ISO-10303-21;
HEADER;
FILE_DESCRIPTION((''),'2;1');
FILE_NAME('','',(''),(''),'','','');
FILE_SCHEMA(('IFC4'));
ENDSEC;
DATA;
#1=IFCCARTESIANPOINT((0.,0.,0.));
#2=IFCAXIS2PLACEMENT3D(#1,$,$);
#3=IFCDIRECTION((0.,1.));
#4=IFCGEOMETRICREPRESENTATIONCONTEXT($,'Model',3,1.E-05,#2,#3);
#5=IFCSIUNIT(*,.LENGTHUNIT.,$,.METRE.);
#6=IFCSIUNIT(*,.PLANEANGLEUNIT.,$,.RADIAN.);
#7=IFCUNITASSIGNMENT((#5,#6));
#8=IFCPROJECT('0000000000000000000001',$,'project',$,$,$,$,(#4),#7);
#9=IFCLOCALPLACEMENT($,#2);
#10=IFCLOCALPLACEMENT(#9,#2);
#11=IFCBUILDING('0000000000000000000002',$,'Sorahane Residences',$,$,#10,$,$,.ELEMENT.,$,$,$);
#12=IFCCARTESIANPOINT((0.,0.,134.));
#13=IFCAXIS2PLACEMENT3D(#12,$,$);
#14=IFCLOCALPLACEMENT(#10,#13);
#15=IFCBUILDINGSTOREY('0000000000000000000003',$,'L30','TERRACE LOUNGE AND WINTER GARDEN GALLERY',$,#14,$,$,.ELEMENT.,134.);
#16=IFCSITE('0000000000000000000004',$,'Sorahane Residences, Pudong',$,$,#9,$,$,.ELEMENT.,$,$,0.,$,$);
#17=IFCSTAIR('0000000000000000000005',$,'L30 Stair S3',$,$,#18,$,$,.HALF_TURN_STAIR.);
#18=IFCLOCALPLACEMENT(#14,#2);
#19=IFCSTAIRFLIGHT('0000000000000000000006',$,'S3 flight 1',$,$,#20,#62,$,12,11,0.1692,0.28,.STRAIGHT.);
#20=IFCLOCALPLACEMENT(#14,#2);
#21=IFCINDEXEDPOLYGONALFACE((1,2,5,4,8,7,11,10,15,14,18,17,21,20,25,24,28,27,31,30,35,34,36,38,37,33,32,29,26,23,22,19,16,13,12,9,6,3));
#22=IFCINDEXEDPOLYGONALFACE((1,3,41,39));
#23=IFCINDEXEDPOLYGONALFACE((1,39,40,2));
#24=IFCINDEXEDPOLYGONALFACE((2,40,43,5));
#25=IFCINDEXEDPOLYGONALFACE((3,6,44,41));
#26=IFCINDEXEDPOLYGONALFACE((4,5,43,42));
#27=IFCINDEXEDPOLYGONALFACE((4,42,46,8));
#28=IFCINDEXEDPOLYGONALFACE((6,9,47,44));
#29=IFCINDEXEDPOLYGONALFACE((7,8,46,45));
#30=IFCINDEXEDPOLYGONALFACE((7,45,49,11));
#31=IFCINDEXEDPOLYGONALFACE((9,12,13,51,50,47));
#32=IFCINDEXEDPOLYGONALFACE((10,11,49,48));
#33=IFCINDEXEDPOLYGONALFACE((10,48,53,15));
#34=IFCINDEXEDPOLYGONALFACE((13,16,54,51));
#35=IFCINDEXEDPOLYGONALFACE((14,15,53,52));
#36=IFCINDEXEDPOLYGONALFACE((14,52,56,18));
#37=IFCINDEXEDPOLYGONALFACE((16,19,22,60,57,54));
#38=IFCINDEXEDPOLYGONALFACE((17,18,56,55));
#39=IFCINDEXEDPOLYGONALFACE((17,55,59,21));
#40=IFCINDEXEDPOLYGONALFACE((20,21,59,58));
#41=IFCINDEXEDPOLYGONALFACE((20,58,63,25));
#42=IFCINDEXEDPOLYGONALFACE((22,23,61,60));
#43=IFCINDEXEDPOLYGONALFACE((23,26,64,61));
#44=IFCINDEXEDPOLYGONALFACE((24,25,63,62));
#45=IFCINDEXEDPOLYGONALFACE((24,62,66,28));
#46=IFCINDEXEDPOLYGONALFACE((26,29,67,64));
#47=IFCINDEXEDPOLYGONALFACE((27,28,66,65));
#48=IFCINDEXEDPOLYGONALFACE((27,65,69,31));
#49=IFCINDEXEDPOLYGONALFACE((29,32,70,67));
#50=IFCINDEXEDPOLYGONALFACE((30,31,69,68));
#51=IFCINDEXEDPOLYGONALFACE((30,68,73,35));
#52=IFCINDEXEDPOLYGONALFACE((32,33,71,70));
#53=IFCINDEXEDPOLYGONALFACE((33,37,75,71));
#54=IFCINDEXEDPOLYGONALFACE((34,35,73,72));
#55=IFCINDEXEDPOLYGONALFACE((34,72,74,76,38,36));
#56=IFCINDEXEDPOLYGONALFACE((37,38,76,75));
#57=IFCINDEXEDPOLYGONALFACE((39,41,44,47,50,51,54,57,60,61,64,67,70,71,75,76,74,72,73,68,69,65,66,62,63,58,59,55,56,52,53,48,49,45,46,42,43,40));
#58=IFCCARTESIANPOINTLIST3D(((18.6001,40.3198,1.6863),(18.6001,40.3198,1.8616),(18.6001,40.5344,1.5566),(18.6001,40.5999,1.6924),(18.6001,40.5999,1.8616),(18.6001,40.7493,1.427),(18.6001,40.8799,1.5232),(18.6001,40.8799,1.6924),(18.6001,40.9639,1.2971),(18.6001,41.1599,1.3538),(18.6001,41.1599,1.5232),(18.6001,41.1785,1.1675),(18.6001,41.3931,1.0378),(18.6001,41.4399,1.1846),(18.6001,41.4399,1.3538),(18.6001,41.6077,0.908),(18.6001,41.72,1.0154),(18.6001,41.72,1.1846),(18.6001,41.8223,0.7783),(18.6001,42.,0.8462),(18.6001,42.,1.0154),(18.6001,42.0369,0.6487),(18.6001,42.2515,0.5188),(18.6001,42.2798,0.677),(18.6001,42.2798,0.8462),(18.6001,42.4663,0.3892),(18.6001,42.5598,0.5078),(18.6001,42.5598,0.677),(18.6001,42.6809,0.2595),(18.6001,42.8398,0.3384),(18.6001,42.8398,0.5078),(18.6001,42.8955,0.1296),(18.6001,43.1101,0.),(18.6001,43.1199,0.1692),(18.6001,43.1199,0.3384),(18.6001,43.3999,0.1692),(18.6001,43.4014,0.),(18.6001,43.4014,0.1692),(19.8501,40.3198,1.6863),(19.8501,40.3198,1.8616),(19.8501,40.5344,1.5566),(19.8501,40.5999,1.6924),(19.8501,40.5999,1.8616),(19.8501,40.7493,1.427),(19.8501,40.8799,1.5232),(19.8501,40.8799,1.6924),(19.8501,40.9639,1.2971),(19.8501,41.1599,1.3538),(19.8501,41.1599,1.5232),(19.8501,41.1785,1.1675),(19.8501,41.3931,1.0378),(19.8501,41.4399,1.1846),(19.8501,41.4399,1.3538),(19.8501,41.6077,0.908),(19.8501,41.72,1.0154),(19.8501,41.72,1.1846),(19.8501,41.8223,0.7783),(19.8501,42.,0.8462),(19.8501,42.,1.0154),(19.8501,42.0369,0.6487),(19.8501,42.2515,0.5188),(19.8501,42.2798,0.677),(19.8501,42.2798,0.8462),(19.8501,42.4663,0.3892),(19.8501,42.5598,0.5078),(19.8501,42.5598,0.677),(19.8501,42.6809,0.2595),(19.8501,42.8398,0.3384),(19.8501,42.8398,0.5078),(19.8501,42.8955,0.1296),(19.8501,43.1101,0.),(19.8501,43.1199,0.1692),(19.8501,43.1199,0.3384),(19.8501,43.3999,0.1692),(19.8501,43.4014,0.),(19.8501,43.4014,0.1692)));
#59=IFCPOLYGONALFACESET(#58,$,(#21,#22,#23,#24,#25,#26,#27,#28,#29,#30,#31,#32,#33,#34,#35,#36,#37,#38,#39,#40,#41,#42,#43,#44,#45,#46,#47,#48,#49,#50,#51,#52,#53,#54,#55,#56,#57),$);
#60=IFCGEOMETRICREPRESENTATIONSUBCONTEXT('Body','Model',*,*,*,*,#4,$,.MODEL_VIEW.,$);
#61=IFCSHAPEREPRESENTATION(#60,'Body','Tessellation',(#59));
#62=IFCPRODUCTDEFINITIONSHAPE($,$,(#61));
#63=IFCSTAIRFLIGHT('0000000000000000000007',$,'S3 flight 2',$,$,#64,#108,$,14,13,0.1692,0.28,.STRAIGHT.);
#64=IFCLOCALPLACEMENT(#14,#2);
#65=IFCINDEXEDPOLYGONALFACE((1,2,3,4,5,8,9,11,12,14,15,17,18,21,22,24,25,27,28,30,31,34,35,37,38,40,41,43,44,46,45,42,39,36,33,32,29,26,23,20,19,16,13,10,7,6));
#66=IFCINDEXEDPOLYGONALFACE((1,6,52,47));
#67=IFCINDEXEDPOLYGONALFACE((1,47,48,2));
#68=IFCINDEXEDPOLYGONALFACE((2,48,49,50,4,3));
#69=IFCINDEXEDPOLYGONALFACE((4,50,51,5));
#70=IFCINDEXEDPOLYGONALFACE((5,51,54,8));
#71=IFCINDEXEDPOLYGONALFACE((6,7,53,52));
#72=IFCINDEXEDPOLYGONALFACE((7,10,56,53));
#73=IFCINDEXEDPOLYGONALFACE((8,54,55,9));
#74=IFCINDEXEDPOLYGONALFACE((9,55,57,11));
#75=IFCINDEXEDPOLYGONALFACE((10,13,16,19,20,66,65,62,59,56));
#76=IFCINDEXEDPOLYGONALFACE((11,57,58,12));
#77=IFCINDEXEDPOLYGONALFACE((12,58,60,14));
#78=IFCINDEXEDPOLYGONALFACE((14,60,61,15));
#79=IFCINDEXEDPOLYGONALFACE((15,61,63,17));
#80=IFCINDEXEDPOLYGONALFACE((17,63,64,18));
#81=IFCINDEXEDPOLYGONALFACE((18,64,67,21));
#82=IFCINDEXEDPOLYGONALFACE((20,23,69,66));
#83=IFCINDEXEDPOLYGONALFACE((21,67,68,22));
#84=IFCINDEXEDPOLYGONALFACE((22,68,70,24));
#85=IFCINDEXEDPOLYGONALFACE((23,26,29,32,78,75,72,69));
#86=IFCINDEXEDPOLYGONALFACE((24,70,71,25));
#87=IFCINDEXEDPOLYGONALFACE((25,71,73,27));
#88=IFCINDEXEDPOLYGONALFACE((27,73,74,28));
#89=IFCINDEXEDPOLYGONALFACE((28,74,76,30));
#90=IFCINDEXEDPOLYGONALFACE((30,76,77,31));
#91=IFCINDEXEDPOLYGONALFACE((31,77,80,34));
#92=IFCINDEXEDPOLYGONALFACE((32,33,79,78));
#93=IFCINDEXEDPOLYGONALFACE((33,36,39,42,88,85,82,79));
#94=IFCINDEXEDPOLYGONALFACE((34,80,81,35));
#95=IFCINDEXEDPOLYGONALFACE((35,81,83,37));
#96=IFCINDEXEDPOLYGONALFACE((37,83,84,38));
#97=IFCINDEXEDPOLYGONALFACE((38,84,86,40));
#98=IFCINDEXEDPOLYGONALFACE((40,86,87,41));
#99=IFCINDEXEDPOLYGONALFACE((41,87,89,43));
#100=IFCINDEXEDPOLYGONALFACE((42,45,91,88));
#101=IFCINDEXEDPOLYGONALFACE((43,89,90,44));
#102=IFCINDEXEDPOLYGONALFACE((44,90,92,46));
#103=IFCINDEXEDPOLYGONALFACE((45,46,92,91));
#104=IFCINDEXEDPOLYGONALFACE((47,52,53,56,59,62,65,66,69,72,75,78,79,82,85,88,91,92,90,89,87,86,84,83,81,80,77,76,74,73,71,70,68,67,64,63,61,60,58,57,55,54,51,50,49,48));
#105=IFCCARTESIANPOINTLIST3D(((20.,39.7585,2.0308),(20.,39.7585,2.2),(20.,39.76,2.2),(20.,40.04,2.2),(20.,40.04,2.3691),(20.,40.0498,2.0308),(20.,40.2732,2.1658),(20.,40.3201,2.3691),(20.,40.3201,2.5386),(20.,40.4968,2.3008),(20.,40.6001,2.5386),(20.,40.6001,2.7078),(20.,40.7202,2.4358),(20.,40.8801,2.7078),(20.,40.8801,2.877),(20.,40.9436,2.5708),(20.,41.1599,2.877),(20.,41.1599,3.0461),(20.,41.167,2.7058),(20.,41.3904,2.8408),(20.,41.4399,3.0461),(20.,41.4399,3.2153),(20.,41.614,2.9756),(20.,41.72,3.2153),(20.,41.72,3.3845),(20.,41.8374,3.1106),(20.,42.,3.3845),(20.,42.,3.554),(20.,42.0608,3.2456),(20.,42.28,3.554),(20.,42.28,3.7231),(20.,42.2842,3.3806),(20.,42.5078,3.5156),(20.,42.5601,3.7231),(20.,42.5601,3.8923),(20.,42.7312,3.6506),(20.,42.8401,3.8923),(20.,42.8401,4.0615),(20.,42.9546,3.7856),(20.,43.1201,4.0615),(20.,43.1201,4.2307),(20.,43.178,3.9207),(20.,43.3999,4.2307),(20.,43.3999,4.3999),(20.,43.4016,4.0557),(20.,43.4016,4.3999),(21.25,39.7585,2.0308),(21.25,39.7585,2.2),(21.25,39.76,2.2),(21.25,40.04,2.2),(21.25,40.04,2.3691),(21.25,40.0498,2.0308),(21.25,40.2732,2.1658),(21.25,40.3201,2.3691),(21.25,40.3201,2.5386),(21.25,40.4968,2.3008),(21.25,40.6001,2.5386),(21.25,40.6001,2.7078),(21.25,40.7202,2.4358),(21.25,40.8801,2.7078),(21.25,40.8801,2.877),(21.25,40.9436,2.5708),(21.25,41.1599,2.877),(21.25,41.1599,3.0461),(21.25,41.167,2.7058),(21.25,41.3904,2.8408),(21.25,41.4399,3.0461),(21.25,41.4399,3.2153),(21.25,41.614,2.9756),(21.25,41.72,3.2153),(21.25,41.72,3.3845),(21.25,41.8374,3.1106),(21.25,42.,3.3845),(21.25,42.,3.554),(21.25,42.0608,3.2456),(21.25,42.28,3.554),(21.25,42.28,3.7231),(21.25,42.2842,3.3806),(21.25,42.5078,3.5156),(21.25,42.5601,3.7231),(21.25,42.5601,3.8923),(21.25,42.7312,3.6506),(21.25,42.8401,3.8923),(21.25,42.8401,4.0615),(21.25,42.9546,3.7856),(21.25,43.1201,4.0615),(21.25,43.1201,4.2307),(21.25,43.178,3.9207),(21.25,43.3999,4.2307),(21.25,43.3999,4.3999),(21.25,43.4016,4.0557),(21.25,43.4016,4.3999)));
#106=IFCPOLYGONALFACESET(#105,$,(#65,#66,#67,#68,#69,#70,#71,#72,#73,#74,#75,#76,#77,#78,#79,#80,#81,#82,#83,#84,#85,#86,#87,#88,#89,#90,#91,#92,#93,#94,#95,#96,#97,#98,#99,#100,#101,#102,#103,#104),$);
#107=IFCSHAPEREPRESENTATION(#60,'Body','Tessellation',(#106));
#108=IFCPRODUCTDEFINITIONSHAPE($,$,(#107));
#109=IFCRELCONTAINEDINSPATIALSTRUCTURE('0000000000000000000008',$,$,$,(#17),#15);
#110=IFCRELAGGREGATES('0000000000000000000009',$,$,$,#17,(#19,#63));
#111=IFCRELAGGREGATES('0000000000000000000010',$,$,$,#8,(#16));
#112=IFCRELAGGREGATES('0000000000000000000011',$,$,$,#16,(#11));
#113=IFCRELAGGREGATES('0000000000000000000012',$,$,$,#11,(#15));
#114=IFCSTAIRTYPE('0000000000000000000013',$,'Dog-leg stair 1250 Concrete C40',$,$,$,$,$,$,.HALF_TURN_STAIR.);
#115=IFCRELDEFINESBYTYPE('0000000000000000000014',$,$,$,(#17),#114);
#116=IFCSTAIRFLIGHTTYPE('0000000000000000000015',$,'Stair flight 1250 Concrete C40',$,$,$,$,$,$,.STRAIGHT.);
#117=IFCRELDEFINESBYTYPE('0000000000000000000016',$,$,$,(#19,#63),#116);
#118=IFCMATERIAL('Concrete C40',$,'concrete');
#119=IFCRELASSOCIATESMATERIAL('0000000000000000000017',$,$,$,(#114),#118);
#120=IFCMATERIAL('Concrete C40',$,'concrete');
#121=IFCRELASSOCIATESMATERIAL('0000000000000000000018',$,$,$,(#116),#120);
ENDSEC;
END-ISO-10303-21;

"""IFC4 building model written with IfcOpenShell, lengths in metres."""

from ifc_helpers import new_model, si_unit, direction, frame, origin, place, context, subcontext, project, spatial, polyline, outline, extrude, material, type_object, element, aggregate, save


model = new_model("IFC4")

# Units and contexts
model_context = context("Model", 3, precision=1e-05, world=origin(), true_north=direction((0.0, 1.0)))
body_context = subcontext(model_context, "Body", "Model", "MODEL_VIEW")
ifc_project = project(units=[si_unit("LENGTHUNIT", "METRE"), si_unit("PLANEANGLEUNIT", "RADIAN")], contexts=[model_context])

# Site, building, storey
site_placement = place(None, origin())
site = spatial("IfcSite", under=ifc_project, at=site_placement, Name="Sorahane Residences, Pudong", CompositionType="ELEMENT", RefElevation=0.0)
building_placement = place(site_placement, origin())
building = spatial("IfcBuilding", under=site, at=building_placement, Name="Sorahane Residences", CompositionType="ELEMENT")
storey_placement = place(building_placement, frame((0.0, 0.0, 134.0)))
storey = spatial("IfcBuildingStorey", under=building, at=storey_placement, Name="L30", Description="TERRACE LOUNGE AND WINTER GARDEN GALLERY", CompositionType="ELEMENT", Elevation=134.0)

# Shared definitions
ifc_material_1 = material(Name="Concrete C40", Category="concrete")
stair_type = type_object("IfcStairType", Name="Dog-leg stair 1250 Concrete C40", PredefinedType="HALF_TURN_STAIR", material=ifc_material_1)
ifc_material_2 = material(Name="Concrete C40", Category="concrete")
stair_flight_type = type_object("IfcStairFlightType", Name="Stair flight 1250 Concrete C40", PredefinedType="STRAIGHT", material=ifc_material_2)

# Stair, stair flights
stair_1_placement = place(storey_placement, origin())
stair_1 = element("IfcStair", 1, at=stair_1_placement, inside=storey, type_object=stair_type, Name="L30 Stair S3", PredefinedType="HALF_TURN_STAIR")
stair_flight_1_placement = place(storey_placement, frame((19.2251, 43.3999, 0.0), z_axis=(0.0, 0.0, 1.0), x_axis=(0.0, -1.0, 0.0)))
stair_flight_1 = element("IfcStairFlight", 2, at=stair_flight_1_placement, type_object=stair_flight_type, Name="S3 flight 1", NumberOfRisers=12, NumberOfTreads=11, PredefinedType="STRAIGHT", RiserHeight=0.1692, TreadLength=0.28, context=body_context, shape_type="SweptSolid", body=[
    extrude(outline(polyline([(-0.0015, 0.0), (-0.0015, 0.1692), (0.0, 0.1692), (0.28, 0.1692), (0.28, 0.3384), (0.5601, 0.3384), (0.5601, 0.5078), (0.8401, 0.5078), (0.8401, 0.677), (1.1201, 0.677), (1.1201, 0.8462), (1.3999, 0.8462), (1.3999, 1.0154), (1.6799, 1.0154), (1.6799, 1.1846), (1.96, 1.1846), (1.96, 1.3538), (2.24, 1.3538), (2.24, 1.5232), (2.52, 1.5232), (2.52, 1.6924), (2.8, 1.6924), (2.8, 1.8616), (3.0801, 1.8616), (3.0801, 2.0308), (3.0801, 1.6863), (2.8655, 1.5566), (2.6506, 1.427), (2.436, 1.2971), (2.2214, 1.1675), (2.0068, 1.0378), (1.7922, 0.908), (1.5776, 0.7783), (1.363, 0.6487), (1.1484, 0.5188), (0.9336, 0.3892), (0.719, 0.2595), (0.5044, 0.1296), (0.2898, 0.0), (-0.0015, 0.0)])), frame((0.0, 0.625, 0.0), z_axis=(0.0, -1.0, 0.0), x_axis=(1.0, 0.0, 0.0)), (0.0, 0.0, 1.0), 1.25),
])
stair_flight_2_placement = place(storey_placement, frame((20.625, 39.76, 2.0308), z_axis=(0.0, 0.0, 1.0), x_axis=(0.0, 1.0, 0.0)))
stair_flight_2 = element("IfcStairFlight", 3, at=stair_flight_2_placement, type_object=stair_flight_type, Name="S3 flight 2", NumberOfRisers=14, NumberOfTreads=13, PredefinedType="STRAIGHT", RiserHeight=0.1692, TreadLength=0.28, context=body_context, shape_type="SweptSolid", body=[
    extrude(outline(polyline([(-0.0015, 0.0), (-0.0015, 0.1692), (0.0, 0.1692), (0.28, 0.1692), (0.28, 0.3384), (0.5601, 0.3384), (0.5601, 0.5078), (0.8401, 0.5078), (0.8401, 0.677), (1.1201, 0.677), (1.1201, 0.8462), (1.3999, 0.8462), (1.3999, 1.0154), (1.6799, 1.0154), (1.6799, 1.1846), (1.96, 1.1846), (1.96, 1.3538), (2.24, 1.3538), (2.24, 1.5232), (2.52, 1.5232), (2.52, 1.6924), (2.8, 1.6924), (2.8, 1.8616), (3.0801, 1.8616), (3.0801, 2.0308), (3.3601, 2.0308), (3.3601, 2.2), (3.6399, 2.2), (3.6399, 2.3691), (3.6416, 2.3691), (3.6416, 2.0249), (3.418, 1.8899), (3.1946, 1.7549), (2.9712, 1.6199), (2.7478, 1.4849), (2.5242, 1.3499), (2.3008, 1.2148), (2.0774, 1.0798), (1.854, 0.9448), (1.6304, 0.8101), (1.407, 0.675), (1.1836, 0.54), (0.9602, 0.405), (0.7368, 0.27), (0.5132, 0.135), (0.2898, 0.0), (-0.0015, 0.0)])), frame((0.0, 0.625, 0.0), z_axis=(0.0, -1.0, 0.0), x_axis=(1.0, 0.0, 0.0)), (0.0, 0.0, 1.0), 1.25),
])
aggregate(stair_1, [stair_flight_1, stair_flight_2])

save(model, "model.ifc")
